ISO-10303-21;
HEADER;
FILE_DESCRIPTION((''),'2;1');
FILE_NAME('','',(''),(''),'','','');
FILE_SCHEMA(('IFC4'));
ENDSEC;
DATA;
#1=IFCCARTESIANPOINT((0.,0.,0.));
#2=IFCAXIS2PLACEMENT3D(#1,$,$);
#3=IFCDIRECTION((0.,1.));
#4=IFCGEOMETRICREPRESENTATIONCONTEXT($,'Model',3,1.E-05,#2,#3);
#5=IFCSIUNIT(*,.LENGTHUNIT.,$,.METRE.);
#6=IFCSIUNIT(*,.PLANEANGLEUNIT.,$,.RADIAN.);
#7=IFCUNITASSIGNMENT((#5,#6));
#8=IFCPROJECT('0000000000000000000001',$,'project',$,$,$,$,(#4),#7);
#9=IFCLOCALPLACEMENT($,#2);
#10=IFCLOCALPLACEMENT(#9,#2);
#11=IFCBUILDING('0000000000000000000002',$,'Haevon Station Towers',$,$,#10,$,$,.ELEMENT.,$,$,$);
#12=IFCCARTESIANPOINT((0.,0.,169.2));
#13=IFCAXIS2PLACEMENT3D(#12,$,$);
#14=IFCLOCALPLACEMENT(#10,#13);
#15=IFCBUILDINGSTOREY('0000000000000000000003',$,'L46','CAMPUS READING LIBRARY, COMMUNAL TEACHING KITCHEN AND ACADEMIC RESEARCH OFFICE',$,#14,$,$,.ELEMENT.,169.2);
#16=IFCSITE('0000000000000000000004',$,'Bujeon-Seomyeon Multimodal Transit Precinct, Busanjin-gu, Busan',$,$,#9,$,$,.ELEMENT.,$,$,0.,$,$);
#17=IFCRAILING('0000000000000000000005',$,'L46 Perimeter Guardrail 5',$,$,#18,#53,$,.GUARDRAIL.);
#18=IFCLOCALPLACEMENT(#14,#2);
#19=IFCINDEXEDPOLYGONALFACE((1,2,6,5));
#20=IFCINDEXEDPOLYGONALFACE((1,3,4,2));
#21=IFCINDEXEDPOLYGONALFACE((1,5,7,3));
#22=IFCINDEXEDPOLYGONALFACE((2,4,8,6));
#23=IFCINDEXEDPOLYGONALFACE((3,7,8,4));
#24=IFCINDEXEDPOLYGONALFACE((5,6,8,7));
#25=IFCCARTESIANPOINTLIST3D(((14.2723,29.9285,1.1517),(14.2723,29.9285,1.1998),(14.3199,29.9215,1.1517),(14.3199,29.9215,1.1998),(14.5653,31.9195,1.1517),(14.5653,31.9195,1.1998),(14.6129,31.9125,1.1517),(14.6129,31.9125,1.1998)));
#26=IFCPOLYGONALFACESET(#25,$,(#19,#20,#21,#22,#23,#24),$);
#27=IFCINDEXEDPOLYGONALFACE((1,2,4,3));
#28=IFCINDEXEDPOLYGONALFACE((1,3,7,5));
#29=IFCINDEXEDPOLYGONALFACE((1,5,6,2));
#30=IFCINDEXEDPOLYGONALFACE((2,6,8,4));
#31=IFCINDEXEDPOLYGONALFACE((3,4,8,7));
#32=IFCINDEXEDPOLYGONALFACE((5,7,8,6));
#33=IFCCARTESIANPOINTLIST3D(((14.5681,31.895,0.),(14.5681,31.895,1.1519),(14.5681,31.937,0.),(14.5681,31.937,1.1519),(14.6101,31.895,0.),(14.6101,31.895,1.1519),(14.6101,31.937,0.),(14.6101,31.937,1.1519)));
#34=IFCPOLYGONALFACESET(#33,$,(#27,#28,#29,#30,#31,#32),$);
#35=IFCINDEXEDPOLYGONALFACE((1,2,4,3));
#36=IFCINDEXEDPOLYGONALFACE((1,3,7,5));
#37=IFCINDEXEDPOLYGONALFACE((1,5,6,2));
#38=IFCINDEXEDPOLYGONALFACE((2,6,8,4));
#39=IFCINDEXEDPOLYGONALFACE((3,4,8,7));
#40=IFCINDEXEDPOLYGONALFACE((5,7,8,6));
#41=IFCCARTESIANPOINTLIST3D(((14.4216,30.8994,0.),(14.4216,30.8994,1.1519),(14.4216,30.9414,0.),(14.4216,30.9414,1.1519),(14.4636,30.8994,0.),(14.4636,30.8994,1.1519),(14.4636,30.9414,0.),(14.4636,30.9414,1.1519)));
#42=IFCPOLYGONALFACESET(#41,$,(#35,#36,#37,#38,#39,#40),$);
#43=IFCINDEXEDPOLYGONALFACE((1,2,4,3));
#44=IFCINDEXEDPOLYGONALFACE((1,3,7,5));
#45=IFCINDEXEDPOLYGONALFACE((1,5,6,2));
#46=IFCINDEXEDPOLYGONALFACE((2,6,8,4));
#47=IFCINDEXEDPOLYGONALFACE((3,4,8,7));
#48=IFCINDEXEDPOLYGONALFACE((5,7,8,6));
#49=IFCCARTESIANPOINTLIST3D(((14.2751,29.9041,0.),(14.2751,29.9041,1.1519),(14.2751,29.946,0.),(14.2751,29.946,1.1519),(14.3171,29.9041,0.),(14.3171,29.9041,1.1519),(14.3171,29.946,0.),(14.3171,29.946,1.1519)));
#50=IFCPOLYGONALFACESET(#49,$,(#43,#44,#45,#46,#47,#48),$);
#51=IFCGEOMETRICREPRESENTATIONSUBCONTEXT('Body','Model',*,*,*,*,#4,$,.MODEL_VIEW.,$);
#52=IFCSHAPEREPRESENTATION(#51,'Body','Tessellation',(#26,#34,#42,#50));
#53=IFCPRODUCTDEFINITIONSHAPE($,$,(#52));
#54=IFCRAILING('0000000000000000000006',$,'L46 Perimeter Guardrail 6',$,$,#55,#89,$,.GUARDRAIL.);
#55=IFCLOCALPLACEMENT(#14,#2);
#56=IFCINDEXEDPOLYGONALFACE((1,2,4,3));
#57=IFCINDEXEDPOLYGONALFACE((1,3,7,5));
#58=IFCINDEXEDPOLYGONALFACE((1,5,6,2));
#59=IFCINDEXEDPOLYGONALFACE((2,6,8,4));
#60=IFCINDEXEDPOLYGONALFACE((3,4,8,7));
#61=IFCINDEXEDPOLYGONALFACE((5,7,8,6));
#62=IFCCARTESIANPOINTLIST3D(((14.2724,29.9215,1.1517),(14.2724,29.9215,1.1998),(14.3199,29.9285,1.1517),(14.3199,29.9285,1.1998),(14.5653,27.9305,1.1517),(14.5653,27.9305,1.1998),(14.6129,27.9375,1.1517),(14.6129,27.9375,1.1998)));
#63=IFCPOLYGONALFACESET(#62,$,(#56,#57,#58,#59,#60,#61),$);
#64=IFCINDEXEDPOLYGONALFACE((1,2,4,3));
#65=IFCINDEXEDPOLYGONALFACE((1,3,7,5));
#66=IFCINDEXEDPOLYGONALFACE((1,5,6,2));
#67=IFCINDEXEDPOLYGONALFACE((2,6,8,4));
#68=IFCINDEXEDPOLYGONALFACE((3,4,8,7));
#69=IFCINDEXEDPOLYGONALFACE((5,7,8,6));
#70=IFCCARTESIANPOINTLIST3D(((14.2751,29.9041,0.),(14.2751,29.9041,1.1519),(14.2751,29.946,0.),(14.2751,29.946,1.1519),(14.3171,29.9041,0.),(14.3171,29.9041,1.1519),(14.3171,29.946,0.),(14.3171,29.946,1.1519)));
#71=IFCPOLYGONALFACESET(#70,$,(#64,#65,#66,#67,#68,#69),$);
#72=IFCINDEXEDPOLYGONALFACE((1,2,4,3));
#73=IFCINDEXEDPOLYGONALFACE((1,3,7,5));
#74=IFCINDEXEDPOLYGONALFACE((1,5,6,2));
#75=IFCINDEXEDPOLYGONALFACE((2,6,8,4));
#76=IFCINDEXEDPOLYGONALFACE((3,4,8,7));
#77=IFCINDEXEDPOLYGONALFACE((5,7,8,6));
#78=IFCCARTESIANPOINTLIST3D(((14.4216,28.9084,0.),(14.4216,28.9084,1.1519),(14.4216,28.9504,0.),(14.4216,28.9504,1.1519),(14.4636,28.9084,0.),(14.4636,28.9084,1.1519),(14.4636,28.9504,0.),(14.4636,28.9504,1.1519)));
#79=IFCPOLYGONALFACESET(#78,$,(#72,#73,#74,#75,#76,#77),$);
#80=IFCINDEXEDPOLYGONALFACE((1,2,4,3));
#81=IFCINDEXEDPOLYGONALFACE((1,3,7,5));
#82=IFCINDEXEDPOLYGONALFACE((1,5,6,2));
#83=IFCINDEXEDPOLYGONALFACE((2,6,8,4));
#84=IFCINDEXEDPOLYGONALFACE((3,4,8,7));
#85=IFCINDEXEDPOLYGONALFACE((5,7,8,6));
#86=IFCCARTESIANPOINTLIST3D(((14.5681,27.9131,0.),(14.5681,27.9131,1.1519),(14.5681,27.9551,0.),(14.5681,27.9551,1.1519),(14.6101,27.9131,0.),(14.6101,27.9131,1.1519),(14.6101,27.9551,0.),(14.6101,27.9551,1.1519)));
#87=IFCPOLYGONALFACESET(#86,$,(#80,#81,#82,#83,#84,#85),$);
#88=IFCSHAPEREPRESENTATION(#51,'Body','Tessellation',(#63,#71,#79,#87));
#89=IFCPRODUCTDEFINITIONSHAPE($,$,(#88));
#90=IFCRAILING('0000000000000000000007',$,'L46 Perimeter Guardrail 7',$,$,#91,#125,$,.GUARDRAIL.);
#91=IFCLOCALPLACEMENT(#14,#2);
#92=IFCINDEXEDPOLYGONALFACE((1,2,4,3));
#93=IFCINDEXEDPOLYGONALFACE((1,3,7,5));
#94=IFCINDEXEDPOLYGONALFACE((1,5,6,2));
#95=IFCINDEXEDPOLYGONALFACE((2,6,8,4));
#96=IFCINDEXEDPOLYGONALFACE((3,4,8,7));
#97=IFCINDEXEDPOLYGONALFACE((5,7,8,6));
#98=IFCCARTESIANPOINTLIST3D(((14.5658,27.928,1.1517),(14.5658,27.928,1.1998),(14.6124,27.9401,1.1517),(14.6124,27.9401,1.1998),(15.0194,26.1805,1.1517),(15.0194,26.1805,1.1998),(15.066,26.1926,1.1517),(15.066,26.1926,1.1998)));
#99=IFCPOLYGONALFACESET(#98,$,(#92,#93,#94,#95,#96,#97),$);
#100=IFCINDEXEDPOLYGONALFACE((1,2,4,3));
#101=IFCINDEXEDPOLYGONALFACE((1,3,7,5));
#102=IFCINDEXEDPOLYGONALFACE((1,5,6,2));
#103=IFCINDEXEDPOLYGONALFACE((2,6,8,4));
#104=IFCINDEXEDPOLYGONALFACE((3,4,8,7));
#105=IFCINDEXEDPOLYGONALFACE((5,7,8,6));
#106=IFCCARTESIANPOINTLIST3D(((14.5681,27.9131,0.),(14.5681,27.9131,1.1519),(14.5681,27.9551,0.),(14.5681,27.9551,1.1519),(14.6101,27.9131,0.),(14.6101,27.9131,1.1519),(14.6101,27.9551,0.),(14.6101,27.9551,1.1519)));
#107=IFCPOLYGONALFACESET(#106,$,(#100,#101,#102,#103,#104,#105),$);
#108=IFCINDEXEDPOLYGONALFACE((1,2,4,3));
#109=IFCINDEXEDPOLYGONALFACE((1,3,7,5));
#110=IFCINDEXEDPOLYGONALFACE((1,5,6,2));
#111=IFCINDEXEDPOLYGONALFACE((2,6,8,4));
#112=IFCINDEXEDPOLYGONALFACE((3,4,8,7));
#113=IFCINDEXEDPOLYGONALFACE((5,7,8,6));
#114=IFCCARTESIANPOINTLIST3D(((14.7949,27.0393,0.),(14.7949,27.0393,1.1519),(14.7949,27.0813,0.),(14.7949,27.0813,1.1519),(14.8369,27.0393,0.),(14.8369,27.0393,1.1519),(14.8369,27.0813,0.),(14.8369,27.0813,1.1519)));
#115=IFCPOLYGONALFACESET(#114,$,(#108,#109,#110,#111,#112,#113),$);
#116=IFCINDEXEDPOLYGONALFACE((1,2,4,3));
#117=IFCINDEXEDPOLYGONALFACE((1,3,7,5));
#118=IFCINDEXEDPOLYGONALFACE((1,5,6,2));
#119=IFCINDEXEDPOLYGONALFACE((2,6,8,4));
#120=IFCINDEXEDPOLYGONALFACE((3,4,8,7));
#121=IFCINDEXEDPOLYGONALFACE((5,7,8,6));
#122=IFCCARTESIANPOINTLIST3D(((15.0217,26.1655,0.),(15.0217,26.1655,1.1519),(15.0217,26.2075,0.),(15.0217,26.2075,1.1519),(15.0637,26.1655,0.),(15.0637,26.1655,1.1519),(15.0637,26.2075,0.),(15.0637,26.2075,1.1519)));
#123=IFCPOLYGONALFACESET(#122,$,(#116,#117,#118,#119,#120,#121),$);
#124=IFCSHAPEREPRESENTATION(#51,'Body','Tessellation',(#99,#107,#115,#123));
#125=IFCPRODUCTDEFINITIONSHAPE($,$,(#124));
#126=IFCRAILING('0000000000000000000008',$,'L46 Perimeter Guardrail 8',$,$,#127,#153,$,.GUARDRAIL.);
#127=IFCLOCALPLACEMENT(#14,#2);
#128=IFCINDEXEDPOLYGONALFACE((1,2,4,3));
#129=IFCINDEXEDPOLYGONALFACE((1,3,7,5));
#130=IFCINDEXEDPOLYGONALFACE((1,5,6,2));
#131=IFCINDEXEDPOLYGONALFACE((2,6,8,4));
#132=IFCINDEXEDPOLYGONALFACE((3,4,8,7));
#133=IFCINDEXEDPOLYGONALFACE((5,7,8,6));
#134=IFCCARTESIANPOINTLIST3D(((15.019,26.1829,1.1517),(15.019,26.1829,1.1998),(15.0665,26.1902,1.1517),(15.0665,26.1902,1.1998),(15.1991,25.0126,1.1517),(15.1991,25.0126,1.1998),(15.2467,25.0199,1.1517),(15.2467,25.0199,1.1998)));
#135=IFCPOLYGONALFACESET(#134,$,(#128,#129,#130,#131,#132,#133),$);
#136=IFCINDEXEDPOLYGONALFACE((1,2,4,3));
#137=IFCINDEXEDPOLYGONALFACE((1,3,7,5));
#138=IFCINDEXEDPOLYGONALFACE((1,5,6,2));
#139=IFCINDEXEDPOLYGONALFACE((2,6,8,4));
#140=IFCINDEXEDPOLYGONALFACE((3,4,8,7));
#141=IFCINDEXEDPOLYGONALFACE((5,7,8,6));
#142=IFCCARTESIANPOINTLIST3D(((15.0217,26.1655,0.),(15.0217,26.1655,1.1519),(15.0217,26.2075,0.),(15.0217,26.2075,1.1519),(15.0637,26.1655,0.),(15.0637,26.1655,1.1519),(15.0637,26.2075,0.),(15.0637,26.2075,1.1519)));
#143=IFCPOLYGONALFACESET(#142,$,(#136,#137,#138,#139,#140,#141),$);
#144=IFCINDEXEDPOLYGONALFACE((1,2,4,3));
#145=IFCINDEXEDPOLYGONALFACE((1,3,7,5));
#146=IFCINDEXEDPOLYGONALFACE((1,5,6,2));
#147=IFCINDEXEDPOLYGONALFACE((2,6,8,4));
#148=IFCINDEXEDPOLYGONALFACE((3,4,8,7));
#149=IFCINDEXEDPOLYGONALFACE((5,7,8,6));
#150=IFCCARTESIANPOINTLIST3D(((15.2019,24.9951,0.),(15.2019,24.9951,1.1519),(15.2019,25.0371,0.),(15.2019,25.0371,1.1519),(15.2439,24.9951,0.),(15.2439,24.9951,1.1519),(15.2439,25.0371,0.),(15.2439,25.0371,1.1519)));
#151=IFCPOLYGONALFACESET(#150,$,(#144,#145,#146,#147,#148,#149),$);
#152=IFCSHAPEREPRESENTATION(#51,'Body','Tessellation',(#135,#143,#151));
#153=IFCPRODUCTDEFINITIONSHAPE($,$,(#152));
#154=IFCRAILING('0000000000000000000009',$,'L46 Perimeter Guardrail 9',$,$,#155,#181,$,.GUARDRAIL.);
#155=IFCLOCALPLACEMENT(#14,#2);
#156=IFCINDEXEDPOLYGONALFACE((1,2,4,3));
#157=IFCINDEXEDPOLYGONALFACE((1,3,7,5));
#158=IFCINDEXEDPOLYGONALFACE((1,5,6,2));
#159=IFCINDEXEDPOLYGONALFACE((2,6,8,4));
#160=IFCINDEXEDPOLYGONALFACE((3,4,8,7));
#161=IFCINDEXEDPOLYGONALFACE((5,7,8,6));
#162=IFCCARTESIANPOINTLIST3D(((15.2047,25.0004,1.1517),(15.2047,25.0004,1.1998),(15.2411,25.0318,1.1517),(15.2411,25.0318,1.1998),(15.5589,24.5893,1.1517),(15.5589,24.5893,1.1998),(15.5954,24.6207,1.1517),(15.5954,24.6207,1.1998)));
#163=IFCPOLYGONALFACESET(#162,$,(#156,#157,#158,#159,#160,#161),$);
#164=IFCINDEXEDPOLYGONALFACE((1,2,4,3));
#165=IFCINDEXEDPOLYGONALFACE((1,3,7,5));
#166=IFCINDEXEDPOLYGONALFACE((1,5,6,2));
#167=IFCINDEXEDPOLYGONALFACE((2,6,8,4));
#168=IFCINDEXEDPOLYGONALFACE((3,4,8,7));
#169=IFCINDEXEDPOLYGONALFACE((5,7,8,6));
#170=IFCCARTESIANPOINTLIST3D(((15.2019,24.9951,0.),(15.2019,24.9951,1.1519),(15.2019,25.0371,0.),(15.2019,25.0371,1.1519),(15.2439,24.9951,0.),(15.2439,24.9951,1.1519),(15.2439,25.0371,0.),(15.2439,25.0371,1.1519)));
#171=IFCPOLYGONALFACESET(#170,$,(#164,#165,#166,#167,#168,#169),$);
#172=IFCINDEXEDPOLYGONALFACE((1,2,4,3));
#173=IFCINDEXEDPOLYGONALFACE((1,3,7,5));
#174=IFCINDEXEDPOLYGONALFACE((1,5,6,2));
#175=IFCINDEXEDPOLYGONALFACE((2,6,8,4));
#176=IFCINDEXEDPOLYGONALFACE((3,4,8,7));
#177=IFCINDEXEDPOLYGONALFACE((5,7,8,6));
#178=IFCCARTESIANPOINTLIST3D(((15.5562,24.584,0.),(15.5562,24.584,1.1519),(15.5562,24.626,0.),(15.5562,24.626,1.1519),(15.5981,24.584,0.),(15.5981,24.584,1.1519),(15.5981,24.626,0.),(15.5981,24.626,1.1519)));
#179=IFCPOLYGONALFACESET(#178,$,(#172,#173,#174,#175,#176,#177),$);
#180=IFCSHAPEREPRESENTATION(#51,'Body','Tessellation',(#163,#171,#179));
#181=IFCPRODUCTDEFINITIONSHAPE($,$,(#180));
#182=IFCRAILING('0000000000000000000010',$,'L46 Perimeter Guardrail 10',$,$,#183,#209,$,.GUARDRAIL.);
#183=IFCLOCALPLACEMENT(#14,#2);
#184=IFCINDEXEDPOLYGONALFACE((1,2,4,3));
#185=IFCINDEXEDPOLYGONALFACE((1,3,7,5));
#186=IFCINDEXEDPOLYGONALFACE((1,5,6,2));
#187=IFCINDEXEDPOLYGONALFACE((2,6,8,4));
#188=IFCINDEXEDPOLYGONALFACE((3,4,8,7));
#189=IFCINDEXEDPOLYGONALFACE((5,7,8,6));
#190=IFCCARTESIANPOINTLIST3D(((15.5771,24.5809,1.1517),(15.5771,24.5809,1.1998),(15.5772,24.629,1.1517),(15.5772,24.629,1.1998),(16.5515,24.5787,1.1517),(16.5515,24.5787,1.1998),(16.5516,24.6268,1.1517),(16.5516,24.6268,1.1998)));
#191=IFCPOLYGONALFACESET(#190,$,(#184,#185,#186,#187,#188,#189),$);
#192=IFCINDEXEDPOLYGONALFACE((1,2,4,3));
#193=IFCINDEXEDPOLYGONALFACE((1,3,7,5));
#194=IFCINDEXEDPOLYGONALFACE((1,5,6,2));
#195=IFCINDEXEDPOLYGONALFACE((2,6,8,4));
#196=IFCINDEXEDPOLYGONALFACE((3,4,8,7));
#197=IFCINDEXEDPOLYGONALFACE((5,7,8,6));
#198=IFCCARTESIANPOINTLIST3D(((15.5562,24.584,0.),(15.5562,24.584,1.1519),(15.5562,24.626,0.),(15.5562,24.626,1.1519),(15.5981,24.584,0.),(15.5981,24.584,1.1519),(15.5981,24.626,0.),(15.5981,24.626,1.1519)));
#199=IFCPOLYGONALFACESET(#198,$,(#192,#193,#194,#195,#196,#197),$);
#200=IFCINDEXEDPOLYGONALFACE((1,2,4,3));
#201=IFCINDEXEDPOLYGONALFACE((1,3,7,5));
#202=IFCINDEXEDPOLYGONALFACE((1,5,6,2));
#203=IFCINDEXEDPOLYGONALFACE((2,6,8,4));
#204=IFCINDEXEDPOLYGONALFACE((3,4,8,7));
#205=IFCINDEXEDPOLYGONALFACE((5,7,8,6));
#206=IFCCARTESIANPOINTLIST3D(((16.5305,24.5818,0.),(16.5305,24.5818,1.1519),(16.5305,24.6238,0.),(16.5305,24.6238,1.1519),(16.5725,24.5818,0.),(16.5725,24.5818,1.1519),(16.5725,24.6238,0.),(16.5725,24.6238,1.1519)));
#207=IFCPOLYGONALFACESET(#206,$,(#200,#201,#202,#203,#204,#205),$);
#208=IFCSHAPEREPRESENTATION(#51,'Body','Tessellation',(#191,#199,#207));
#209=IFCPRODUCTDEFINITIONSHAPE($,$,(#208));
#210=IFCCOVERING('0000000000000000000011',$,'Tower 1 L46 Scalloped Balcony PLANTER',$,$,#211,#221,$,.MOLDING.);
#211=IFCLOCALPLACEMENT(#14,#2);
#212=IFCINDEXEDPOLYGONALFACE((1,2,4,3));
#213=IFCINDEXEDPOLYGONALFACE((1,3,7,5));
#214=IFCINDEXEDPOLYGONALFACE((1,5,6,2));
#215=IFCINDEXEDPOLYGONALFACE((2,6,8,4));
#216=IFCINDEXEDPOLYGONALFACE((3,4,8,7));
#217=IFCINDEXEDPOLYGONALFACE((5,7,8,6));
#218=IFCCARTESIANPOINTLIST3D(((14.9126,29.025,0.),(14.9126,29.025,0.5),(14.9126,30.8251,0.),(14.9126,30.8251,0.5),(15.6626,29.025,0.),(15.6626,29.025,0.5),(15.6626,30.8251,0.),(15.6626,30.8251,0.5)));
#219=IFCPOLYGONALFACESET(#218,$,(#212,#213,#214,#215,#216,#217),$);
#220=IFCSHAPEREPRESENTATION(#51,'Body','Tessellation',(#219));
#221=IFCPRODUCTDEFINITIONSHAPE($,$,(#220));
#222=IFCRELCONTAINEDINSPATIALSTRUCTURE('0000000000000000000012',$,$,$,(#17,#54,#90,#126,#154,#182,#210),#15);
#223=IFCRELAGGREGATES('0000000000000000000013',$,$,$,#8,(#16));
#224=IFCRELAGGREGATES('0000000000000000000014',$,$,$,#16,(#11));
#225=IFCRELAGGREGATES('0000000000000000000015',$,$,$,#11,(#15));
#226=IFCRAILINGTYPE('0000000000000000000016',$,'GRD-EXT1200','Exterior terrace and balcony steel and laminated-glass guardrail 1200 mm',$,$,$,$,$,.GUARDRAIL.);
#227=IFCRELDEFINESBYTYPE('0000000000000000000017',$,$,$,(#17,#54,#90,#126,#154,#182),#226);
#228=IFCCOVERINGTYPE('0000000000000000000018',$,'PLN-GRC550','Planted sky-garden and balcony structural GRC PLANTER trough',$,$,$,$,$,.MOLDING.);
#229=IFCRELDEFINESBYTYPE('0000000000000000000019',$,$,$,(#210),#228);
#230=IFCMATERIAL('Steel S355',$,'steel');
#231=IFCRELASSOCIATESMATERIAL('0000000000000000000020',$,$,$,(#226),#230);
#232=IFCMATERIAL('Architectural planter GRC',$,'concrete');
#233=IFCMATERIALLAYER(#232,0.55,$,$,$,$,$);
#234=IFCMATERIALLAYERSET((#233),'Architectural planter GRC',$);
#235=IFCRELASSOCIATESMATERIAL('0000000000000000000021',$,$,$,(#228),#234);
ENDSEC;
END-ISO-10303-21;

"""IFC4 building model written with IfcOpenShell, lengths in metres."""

from ifc_helpers import new_model, si_unit, direction, frame, origin, origin_2d, place, context, subcontext, project, spatial, rectangle, extrude, material, layer, layer_set, type_object, element, save


model = new_model("IFC4")

# Units and contexts
model_context = context("Model", 3, precision=1e-05, world=origin(), true_north=direction((0.0, 1.0)))
body_context = subcontext(model_context, "Body", "Model", "MODEL_VIEW")
ifc_project = project(units=[si_unit("LENGTHUNIT", "METRE"), si_unit("PLANEANGLEUNIT", "RADIAN")], contexts=[model_context])

# Site, building, storey
site_placement = place(None, origin())
site = spatial("IfcSite", under=ifc_project, at=site_placement, Name="Bujeon-Seomyeon Multimodal Transit Precinct, Busanjin-gu, Busan", CompositionType="ELEMENT", RefElevation=0.0)
building_placement = place(site_placement, origin())
building = spatial("IfcBuilding", under=site, at=building_placement, Name="Haevon Station Towers", CompositionType="ELEMENT")
storey_placement = place(building_placement, frame((0.0, 0.0, 169.2)))
storey = spatial("IfcBuildingStorey", under=building, at=storey_placement, Name="L46", Description="CAMPUS READING LIBRARY, COMMUNAL TEACHING KITCHEN AND ACADEMIC RESEARCH OFFICE", CompositionType="ELEMENT", Elevation=169.2)

# Shared definitions
ifc_material_1 = material(Name="Steel S355", Category="steel")

# Railings
railing_type = type_object("IfcRailingType", Name="GRD-EXT1200", Description="Exterior terrace and balcony steel and laminated-glass guardrail 1200 mm", PredefinedType="GUARDRAIL", material=ifc_material_1)
railing_1_placement = place(storey_placement, frame((14.5891, 31.916, 0.0)))
element("IfcRailing", 1, at=railing_1_placement, inside=storey, type_object=railing_type, Name="L46 Perimeter Guardrail 5", PredefinedType="GUARDRAIL", context=body_context, shape_type="SweptSolid", body=[
    extrude(rectangle(XDim=0.0481, YDim=0.0481, at=origin_2d()), frame((0.0, 0.0, 1.1758), z_axis=(-0.145581, -0.989346, 0.0), x_axis=(0.989346, -0.145581, 0.0)), (0.0, 0.0, 1.0), 2.0125),
    extrude(rectangle(XDim=0.042, YDim=0.042, at=origin_2d()), origin(), (0.0, 0.0, 1.0), 1.1519),
    extrude(rectangle(XDim=0.042, YDim=0.042, at=origin_2d()), frame((-0.1465, -0.9956, 0.0)), (0.0, 0.0, 1.0), 1.1519),
    extrude(rectangle(XDim=0.042, YDim=0.042, at=origin_2d()), frame((-0.293, -1.991, 0.0)), (0.0, 0.0, 1.0), 1.1519),
])
railing_2_placement = place(storey_placement, frame((14.2961, 29.925, 0.0)))
element("IfcRailing", 2, at=railing_2_placement, inside=storey, type_object=railing_type, Name="L46 Perimeter Guardrail 6", PredefinedType="GUARDRAIL", context=body_context, shape_type="SweptSolid", body=[
    extrude(rectangle(XDim=0.0481, YDim=0.0481, at=origin_2d()), frame((0.0, 0.0, 1.1758), z_axis=(0.145581, -0.989346, 0.0), x_axis=(0.989346, 0.145581, 0.0)), (0.0, 0.0, 1.0), 2.0125),
    extrude(rectangle(XDim=0.042, YDim=0.042, at=origin_2d()), origin(), (0.0, 0.0, 1.0), 1.1519),
    extrude(rectangle(XDim=0.042, YDim=0.042, at=origin_2d()), frame((0.1465, -0.9956, 0.0)), (0.0, 0.0, 1.0), 1.1519),
    extrude(rectangle(XDim=0.042, YDim=0.042, at=origin_2d()), frame((0.293, -1.991, 0.0)), (0.0, 0.0, 1.0), 1.1519),
])
railing_3_placement = place(storey_placement, frame((14.5891, 27.9341, 0.0)))
element("IfcRailing", 3, at=railing_3_placement, inside=storey, type_object=railing_type, Name="L46 Perimeter Guardrail 7", PredefinedType="GUARDRAIL", context=body_context, shape_type="SweptSolid", body=[
    extrude(rectangle(XDim=0.0481, YDim=0.0481, at=origin_2d()), frame((0.0, 0.0, 1.1758), z_axis=(0.251244, -0.967924, 0.0), x_axis=(0.967924, 0.251244, 0.0)), (0.0, 0.0, 1.0), 1.8054),
    extrude(rectangle(XDim=0.042, YDim=0.042, at=origin_2d()), origin(), (0.0, 0.0, 1.0), 1.1519),
    extrude(rectangle(XDim=0.042, YDim=0.042, at=origin_2d()), frame((0.2268, -0.8738, 0.0)), (0.0, 0.0, 1.0), 1.1519),
    extrude(rectangle(XDim=0.042, YDim=0.042, at=origin_2d()), frame((0.4536, -1.7476, 0.0)), (0.0, 0.0, 1.0), 1.1519),
])
railing_4_placement = place(storey_placement, frame((15.0427, 26.1865, 0.0)))
element("IfcRailing", 4, at=railing_4_placement, inside=storey, type_object=railing_type, Name="L46 Perimeter Guardrail 8", PredefinedType="GUARDRAIL", context=body_context, shape_type="SweptSolid", body=[
    extrude(rectangle(XDim=0.0481, YDim=0.0481, at=origin_2d()), frame((0.0, 0.0, 1.1758), z_axis=(0.15215, -0.988357, 0.0), x_axis=(0.988357, 0.15215, 0.0)), (0.0, 0.0, 1.0), 1.1841),
    extrude(rectangle(XDim=0.042, YDim=0.042, at=origin_2d()), origin(), (0.0, 0.0, 1.0), 1.1519),
    extrude(rectangle(XDim=0.042, YDim=0.042, at=origin_2d()), frame((0.1802, -1.1704, 0.0)), (0.0, 0.0, 1.0), 1.1519),
])
railing_5_placement = place(storey_placement, frame((15.2229, 25.0161, 0.0)))
element("IfcRailing", 5, at=railing_5_placement, inside=storey, type_object=railing_type, Name="L46 Perimeter Guardrail 9", PredefinedType="GUARDRAIL", context=body_context, shape_type="SweptSolid", body=[
    extrude(rectangle(XDim=0.0481, YDim=0.0481, at=origin_2d()), frame((0.0, 0.0, 1.1758), z_axis=(0.652753, -0.757571, 0.0), x_axis=(0.757571, 0.652753, 0.0)), (0.0, 0.0, 1.0), 0.5427),
    extrude(rectangle(XDim=0.042, YDim=0.042, at=origin_2d()), origin(), (0.0, 0.0, 1.0), 1.1519),
    extrude(rectangle(XDim=0.042, YDim=0.042, at=origin_2d()), frame((0.3542, -0.4111, 0.0)), (0.0, 0.0, 1.0), 1.1519),
])
railing_6_placement = place(storey_placement, frame((15.5771, 24.605, 0.0)))
element("IfcRailing", 6, at=railing_6_placement, inside=storey, type_object=railing_type, Name="L46 Perimeter Guardrail 10", PredefinedType="GUARDRAIL", context=body_context, shape_type="SweptSolid", body=[
    extrude(rectangle(XDim=0.0481, YDim=0.0481, at=origin_2d()), frame((0.0, 0.0, 1.1758), z_axis=(0.999997, -0.002255, 0.0), x_axis=(0.002255, 0.999997, 0.0)), (0.0, 0.0, 1.0), 0.9744),
    extrude(rectangle(XDim=0.042, YDim=0.042, at=origin_2d()), origin(), (0.0, 0.0, 1.0), 1.1519),
    extrude(rectangle(XDim=0.042, YDim=0.042, at=origin_2d()), frame((0.9744, -0.0022, 0.0)), (0.0, 0.0, 1.0), 1.1519),
])

# Covering
ifc_material_2 = material(Name="Architectural planter GRC", Category="concrete")
ifc_layer_1 = layer(ifc_material_2, 0.55)
ifc_layer_set_1 = layer_set([ifc_layer_1], Name="Architectural planter GRC")
covering_type = type_object("IfcCoveringType", Name="PLN-GRC550", Description="Planted sky-garden and balcony structural GRC PLANTER trough", PredefinedType="MOLDING", material=ifc_layer_set_1)
covering_placement = place(storey_placement, frame((15.2876, 29.925, 0.0), z_axis=(0.0, 0.0, 1.0), x_axis=(1.0, 0.0, 0.0)))
element("IfcCovering", 7, at=covering_placement, inside=storey, type_object=covering_type, Name="Tower 1 L46 Scalloped Balcony PLANTER", PredefinedType="MOLDING", context=body_context, shape_type="SweptSolid", body=[
    extrude(rectangle(XDim=0.75, YDim=1.8, at=origin_2d()), origin(), (0.0, 0.0, 1.0), 0.5),
])

save(model, "model.ifc")
